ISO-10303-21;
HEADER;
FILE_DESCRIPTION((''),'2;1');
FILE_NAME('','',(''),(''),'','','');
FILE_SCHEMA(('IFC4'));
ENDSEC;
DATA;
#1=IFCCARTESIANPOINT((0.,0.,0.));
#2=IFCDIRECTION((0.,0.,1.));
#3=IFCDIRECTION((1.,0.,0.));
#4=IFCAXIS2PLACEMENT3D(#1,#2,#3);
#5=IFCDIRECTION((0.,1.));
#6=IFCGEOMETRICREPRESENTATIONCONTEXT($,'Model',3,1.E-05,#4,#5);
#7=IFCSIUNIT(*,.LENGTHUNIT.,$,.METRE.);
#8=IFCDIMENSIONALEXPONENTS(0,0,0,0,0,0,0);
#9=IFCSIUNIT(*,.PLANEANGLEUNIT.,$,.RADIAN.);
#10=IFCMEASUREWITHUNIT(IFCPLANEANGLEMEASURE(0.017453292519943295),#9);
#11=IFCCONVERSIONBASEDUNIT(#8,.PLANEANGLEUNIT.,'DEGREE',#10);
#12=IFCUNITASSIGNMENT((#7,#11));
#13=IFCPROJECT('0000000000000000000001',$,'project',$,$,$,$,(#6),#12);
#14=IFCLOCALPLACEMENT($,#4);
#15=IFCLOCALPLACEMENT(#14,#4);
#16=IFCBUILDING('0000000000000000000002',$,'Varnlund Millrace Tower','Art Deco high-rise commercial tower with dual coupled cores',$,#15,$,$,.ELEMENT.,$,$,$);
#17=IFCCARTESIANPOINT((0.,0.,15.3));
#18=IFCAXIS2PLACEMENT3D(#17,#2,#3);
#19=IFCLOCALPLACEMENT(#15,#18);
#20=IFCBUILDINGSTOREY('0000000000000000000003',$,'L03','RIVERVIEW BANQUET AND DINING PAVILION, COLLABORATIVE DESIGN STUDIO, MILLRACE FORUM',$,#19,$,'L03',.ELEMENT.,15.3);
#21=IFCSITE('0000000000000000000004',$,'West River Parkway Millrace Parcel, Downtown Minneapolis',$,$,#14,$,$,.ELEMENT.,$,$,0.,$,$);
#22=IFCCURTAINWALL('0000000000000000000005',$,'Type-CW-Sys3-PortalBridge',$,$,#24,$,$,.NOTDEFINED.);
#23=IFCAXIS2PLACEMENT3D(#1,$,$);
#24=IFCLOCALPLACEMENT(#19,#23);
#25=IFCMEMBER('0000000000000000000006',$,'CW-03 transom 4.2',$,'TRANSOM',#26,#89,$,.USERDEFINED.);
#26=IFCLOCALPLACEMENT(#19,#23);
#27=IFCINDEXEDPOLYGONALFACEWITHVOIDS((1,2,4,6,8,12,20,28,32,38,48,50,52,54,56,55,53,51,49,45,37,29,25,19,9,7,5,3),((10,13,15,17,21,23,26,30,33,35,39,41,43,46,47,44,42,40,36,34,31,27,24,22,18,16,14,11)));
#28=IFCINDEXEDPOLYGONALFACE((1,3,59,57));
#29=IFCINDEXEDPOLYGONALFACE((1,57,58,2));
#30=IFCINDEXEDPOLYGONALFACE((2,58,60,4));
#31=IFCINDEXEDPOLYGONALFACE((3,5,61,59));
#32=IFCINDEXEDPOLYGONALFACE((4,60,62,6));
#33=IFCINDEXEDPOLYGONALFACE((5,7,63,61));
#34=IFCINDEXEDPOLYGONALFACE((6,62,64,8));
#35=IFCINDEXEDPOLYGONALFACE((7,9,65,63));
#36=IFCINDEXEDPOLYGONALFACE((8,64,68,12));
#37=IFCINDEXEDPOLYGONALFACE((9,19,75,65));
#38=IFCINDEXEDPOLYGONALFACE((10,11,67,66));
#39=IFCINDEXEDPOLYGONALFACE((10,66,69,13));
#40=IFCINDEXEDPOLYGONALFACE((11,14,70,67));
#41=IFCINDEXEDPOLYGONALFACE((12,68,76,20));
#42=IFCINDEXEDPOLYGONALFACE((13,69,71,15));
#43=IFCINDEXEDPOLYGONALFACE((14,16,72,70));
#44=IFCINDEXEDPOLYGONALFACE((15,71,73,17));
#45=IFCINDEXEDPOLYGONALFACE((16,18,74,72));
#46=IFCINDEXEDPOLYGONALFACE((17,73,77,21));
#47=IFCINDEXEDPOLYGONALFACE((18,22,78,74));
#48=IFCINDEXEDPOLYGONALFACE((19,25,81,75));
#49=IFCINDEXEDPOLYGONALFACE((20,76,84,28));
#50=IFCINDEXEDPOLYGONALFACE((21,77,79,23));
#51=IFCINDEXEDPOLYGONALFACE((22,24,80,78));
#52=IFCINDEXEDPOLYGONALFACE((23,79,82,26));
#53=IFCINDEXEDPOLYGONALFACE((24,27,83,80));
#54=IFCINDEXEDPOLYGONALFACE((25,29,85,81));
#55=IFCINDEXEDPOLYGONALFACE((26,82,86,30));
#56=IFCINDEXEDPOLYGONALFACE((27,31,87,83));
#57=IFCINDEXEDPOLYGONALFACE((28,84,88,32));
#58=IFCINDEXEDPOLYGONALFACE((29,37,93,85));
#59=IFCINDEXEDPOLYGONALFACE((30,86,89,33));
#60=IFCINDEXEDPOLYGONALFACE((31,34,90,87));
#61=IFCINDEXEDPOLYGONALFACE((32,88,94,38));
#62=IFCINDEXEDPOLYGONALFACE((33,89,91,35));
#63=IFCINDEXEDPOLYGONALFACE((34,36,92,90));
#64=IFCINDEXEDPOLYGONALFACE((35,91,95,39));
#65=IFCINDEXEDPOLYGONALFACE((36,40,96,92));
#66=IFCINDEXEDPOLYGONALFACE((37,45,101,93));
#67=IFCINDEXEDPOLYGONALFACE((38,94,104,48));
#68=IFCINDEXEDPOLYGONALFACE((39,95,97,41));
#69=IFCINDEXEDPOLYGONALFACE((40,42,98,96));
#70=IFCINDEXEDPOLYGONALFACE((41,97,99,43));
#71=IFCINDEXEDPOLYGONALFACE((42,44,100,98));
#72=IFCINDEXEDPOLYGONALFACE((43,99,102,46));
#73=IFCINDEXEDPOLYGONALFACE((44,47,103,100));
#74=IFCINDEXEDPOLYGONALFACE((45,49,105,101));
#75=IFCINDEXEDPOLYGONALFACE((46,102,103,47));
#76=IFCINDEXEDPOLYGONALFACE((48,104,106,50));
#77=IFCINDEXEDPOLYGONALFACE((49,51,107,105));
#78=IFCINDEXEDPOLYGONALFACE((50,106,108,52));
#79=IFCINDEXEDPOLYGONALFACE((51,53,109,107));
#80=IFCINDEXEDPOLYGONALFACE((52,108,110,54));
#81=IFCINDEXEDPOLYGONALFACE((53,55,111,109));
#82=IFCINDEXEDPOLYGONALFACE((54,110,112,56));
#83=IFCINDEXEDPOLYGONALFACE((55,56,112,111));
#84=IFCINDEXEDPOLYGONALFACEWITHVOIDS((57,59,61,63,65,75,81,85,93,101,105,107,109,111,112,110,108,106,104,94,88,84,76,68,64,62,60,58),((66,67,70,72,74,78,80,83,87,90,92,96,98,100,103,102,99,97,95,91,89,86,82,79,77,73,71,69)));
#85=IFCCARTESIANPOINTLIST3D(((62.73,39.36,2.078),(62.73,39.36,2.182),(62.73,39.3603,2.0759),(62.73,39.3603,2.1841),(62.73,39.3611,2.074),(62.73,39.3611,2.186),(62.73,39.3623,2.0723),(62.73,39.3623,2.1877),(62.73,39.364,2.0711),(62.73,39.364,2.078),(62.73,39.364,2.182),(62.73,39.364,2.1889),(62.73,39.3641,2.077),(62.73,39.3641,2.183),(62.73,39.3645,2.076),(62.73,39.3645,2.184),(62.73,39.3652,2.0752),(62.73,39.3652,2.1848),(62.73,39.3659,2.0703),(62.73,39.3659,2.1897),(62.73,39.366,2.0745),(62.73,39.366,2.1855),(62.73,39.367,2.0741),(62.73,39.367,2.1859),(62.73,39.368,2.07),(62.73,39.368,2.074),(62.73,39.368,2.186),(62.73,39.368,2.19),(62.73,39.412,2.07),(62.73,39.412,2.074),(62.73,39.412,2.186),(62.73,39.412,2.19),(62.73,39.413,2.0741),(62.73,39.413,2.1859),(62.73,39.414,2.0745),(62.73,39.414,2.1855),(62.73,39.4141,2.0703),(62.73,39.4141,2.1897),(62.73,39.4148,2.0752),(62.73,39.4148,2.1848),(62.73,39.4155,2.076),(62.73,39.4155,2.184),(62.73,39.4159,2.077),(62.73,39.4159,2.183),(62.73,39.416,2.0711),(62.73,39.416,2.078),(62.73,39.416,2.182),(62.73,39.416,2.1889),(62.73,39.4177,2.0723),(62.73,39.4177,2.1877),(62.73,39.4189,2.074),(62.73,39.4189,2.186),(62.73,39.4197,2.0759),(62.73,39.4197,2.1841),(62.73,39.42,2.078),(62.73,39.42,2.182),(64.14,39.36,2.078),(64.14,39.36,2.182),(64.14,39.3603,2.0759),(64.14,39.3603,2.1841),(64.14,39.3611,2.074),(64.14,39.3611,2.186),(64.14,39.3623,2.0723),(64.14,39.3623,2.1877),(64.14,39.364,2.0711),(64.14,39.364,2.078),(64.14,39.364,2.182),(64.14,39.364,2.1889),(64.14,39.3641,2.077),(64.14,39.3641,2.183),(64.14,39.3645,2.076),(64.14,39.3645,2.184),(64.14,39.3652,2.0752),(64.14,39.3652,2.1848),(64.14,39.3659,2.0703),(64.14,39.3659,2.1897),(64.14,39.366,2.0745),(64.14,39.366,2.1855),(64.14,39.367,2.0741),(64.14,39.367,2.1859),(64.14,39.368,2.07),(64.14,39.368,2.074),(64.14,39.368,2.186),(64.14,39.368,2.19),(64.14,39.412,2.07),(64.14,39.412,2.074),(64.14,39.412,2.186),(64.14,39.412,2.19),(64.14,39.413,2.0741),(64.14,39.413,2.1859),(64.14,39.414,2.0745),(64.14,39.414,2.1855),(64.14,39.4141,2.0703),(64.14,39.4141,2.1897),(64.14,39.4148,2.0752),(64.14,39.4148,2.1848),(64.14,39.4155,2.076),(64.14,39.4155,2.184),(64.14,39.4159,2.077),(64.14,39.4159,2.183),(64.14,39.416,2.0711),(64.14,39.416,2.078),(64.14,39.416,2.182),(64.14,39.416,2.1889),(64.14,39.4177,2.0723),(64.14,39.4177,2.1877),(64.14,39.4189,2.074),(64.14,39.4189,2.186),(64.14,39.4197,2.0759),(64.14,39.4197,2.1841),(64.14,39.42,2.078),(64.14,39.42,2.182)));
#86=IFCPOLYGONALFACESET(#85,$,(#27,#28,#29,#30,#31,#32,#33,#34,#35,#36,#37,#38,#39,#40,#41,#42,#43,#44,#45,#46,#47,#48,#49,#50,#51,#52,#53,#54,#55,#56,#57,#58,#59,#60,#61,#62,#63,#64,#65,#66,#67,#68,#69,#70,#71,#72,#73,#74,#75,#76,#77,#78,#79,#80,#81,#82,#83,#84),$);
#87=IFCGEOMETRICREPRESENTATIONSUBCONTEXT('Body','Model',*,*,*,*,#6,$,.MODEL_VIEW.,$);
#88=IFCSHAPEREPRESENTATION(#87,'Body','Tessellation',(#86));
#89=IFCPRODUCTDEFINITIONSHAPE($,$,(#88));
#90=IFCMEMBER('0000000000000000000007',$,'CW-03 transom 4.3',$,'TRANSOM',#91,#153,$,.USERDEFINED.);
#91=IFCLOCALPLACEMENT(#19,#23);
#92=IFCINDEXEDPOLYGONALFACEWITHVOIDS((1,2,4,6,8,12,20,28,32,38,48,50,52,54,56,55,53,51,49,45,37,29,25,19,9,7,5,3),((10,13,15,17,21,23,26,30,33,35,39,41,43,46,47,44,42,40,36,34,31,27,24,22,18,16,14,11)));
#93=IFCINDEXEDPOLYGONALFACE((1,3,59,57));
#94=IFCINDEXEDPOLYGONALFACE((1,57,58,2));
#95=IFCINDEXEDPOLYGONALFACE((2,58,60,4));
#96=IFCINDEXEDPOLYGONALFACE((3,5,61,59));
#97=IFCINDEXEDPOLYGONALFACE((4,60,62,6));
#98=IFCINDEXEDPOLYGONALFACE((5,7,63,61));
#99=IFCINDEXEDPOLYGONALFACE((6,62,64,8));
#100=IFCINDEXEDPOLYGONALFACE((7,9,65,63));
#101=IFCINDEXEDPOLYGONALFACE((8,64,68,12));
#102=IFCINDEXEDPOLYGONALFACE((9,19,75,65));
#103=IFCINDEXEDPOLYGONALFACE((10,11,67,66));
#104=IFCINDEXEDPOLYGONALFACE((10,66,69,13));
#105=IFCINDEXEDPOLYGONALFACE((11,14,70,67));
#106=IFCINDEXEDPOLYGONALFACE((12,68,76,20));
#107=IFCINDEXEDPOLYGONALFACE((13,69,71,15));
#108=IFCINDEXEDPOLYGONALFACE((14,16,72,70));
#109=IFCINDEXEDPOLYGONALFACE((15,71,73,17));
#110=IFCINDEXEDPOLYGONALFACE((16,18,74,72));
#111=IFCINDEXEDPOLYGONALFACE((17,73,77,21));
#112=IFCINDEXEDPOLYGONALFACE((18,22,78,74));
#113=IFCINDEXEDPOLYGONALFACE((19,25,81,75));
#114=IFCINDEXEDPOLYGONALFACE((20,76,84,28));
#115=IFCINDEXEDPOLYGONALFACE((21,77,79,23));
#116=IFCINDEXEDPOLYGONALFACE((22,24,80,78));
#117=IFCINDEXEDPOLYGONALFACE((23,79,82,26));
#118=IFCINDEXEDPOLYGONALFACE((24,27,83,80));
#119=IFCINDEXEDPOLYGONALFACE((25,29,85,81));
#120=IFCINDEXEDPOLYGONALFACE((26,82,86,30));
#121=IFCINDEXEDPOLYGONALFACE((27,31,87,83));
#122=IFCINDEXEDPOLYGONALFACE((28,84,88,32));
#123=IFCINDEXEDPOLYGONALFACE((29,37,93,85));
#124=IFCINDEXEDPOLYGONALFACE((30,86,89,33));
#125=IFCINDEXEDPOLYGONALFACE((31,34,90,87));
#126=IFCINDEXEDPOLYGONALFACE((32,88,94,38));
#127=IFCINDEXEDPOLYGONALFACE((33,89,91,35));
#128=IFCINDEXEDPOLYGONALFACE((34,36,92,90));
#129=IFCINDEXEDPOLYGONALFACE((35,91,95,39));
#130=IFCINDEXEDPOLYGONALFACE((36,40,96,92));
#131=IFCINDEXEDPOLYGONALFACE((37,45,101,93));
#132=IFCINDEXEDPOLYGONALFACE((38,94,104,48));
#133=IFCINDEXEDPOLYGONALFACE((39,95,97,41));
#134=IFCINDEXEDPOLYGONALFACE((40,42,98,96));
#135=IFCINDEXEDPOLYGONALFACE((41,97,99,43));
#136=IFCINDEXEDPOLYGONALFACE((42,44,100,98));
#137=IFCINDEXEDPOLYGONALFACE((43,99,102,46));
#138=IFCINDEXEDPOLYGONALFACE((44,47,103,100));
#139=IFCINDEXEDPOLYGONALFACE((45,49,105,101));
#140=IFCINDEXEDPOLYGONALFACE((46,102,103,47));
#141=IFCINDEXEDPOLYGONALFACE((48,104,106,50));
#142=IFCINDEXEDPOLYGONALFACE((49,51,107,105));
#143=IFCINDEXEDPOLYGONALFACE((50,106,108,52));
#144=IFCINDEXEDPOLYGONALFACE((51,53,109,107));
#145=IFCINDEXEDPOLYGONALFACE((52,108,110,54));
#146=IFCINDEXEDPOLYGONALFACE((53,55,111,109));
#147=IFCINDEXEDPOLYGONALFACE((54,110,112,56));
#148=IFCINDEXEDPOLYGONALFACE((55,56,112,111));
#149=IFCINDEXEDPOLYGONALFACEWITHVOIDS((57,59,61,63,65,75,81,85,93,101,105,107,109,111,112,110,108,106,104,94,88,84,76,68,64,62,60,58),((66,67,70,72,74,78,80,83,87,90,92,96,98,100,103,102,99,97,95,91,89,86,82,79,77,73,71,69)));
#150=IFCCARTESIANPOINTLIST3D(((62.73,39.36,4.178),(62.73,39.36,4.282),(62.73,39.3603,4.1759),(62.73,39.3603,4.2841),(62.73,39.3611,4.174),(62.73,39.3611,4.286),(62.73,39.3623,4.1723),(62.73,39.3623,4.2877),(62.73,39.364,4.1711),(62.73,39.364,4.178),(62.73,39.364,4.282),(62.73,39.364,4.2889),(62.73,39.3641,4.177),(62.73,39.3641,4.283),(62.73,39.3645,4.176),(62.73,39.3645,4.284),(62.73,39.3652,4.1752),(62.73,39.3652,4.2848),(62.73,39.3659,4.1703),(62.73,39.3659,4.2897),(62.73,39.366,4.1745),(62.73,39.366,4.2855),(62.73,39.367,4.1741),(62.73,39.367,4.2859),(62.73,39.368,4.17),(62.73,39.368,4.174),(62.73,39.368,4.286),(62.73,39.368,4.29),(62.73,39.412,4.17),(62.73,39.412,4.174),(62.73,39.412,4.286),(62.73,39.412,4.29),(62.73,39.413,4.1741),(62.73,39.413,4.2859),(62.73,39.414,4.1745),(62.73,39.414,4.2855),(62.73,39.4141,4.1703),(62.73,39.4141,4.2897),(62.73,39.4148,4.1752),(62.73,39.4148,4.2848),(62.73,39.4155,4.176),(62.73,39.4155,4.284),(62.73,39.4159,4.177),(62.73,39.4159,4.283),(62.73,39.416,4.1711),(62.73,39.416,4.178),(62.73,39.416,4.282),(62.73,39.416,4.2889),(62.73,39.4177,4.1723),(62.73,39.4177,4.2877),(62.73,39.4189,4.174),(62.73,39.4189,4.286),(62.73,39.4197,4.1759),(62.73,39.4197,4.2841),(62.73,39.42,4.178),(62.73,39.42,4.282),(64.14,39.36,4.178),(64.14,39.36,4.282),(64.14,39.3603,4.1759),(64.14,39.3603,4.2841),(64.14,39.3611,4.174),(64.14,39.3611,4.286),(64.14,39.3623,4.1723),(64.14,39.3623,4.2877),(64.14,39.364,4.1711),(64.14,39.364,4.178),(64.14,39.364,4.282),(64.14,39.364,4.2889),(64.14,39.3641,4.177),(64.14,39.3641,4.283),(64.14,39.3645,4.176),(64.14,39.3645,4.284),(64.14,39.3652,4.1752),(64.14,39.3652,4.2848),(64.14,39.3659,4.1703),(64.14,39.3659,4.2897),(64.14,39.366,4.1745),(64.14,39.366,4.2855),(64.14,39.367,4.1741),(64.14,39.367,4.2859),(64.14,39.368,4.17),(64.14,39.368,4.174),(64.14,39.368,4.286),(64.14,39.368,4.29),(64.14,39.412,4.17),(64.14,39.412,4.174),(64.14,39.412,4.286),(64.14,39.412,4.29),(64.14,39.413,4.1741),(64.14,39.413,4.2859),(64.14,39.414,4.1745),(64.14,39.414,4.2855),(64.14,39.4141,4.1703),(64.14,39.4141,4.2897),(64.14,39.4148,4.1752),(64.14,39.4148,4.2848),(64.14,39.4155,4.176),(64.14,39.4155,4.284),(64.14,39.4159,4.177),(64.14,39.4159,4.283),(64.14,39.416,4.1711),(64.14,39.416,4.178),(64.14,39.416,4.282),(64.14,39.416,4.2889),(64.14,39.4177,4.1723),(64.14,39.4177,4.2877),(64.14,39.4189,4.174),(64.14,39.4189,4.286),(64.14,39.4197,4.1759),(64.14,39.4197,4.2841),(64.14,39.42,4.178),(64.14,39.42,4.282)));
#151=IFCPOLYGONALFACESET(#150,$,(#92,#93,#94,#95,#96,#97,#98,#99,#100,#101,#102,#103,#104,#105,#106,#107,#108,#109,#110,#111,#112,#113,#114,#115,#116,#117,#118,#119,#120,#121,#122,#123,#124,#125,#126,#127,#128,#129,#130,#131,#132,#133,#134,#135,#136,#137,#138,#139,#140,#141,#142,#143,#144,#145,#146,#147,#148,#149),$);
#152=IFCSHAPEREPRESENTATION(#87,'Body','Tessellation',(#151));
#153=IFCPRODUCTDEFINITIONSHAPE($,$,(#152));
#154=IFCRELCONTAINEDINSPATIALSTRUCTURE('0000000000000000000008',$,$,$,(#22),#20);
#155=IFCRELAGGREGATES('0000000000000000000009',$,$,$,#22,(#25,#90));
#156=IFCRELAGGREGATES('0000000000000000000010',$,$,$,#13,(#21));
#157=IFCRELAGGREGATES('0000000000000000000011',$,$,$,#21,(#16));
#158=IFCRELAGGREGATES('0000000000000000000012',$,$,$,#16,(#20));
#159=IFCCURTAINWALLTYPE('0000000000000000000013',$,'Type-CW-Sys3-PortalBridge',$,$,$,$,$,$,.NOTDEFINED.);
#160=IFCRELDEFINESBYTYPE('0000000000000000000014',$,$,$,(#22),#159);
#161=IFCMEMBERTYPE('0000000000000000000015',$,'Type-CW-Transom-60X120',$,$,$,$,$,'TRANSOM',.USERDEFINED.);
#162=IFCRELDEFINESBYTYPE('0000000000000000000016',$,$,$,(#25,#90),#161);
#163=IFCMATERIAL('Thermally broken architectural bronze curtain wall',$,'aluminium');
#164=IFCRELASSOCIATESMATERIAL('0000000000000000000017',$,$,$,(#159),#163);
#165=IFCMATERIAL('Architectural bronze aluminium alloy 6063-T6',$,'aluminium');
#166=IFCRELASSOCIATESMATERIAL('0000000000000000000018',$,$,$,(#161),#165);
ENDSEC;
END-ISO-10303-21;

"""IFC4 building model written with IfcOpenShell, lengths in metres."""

from ifc_helpers import new_model, entity, si_unit, converted_unit, direction, frame, origin_with_axes, origin_2d_with_axis, place, context, subcontext, project, spatial, hollow_rectangle, extrude, material, material_profile, profile_set, type_object, element, aggregate, save


model = new_model("IFC4")

# Units and contexts
model_context = context("Model", 3, precision=1e-05, world=origin_with_axes(), true_north=direction((0.0, 1.0)))
body_context = subcontext(model_context, "Body", "Model", "MODEL_VIEW")
ifc_project = project(units=[si_unit("LENGTHUNIT", "METRE"), converted_unit("PLANEANGLEUNIT", "DEGREE", entity("IfcPlaneAngleMeasure", 0.017453292519943295), si_unit("PLANEANGLEUNIT", "RADIAN"), dimensions=[0, 0, 0, 0, 0, 0, 0])], contexts=[model_context])

# Site, building, storey
site_placement = place(None, origin_with_axes())
site = spatial("IfcSite", under=ifc_project, at=site_placement, Name="West River Parkway Millrace Parcel, Downtown Minneapolis", CompositionType="ELEMENT", RefElevation=0.0)
building_placement = place(site_placement, origin_with_axes())
building = spatial("IfcBuilding", under=site, at=building_placement, Name="Varnlund Millrace Tower", Description="Art Deco high-rise commercial tower with dual coupled cores", CompositionType="ELEMENT")
storey_placement = place(building_placement, frame((0.0, 0.0, 15.3), z_axis=(0.0, 0.0, 1.0), x_axis=(1.0, 0.0, 0.0)))
storey = spatial("IfcBuildingStorey", under=building, at=storey_placement, Name="L03", Description="RIVERVIEW BANQUET AND DINING PAVILION, COLLABORATIVE DESIGN STUDIO, MILLRACE FORUM", LongName="L03", CompositionType="ELEMENT", Elevation=15.3)

# Curtain wall
ifc_material_1 = material(Name="Thermally broken architectural bronze curtain wall", Category="aluminium")
curtain_wall_type = type_object("IfcCurtainWallType", Name="Type-CW-Sys3-PortalBridge", PredefinedType="NOTDEFINED", material=ifc_material_1)
curtain_wall_1_placement = place(storey_placement, frame((58.2, 39.39, 0.0), z_axis=(0.0, 0.0, 1.0), x_axis=(1.0, 0.0, 0.0)))
curtain_wall_1 = element("IfcCurtainWall", 1, at=curtain_wall_1_placement, inside=storey, type_object=curtain_wall_type, Name="Type-CW-Sys3-PortalBridge", PredefinedType="NOTDEFINED")
ifc_material_2 = material(Name="Architectural bronze aluminium alloy 6063-T6", Category="aluminium")

# Members
ifc_material_profile_1 = material_profile(ifc_material_2, hollow_rectangle(XDim=0.06, YDim=0.12, WallThickness=0.004, InnerFilletRadius=0.004, OuterFilletRadius=0.008, at=origin_2d_with_axis()), Name="Architectural bronze aluminium alloy 6063-T6")
ifc_profile_set_1 = profile_set([ifc_material_profile_1], Name="Architectural bronze aluminium alloy 6063-T6")
member_type_1 = type_object("IfcMemberType", Name="Type-CW-Transom-60X120", ElementType="TRANSOM", PredefinedType="USERDEFINED", material=ifc_profile_set_1)
member_1_placement = place(storey_placement, frame((62.73, 39.39, 2.13), z_axis=(1.0, 0.0, 0.0), x_axis=(0.0, 1.0, 0.0)))
member_1 = element("IfcMember", 2, at=member_1_placement, type_object=member_type_1, Name="CW-03 transom 4.2", ObjectType="TRANSOM", PredefinedType="USERDEFINED", context=body_context, shape_type="SweptSolid", body=[
    extrude(hollow_rectangle(XDim=0.06, YDim=0.12, WallThickness=0.004, InnerFilletRadius=0.004, OuterFilletRadius=0.008, at=origin_2d_with_axis()), origin_with_axes(), (0.0, 0.0, 1.0), 1.41),
])
member_2_placement = place(storey_placement, frame((62.73, 39.39, 4.23), z_axis=(1.0, 0.0, 0.0), x_axis=(0.0, 1.0, 0.0)))
member_2 = element("IfcMember", 3, at=member_2_placement, type_object=member_type_1, Name="CW-03 transom 4.3", ObjectType="TRANSOM", PredefinedType="USERDEFINED", context=body_context, shape_type="SweptSolid", body=[
    extrude(hollow_rectangle(XDim=0.06, YDim=0.12, WallThickness=0.004, InnerFilletRadius=0.004, OuterFilletRadius=0.008, at=origin_2d_with_axis()), origin_with_axes(), (0.0, 0.0, 1.0), 1.41),
])

aggregate(curtain_wall_1, [member_1, member_2])

save(model, "model.ifc")
